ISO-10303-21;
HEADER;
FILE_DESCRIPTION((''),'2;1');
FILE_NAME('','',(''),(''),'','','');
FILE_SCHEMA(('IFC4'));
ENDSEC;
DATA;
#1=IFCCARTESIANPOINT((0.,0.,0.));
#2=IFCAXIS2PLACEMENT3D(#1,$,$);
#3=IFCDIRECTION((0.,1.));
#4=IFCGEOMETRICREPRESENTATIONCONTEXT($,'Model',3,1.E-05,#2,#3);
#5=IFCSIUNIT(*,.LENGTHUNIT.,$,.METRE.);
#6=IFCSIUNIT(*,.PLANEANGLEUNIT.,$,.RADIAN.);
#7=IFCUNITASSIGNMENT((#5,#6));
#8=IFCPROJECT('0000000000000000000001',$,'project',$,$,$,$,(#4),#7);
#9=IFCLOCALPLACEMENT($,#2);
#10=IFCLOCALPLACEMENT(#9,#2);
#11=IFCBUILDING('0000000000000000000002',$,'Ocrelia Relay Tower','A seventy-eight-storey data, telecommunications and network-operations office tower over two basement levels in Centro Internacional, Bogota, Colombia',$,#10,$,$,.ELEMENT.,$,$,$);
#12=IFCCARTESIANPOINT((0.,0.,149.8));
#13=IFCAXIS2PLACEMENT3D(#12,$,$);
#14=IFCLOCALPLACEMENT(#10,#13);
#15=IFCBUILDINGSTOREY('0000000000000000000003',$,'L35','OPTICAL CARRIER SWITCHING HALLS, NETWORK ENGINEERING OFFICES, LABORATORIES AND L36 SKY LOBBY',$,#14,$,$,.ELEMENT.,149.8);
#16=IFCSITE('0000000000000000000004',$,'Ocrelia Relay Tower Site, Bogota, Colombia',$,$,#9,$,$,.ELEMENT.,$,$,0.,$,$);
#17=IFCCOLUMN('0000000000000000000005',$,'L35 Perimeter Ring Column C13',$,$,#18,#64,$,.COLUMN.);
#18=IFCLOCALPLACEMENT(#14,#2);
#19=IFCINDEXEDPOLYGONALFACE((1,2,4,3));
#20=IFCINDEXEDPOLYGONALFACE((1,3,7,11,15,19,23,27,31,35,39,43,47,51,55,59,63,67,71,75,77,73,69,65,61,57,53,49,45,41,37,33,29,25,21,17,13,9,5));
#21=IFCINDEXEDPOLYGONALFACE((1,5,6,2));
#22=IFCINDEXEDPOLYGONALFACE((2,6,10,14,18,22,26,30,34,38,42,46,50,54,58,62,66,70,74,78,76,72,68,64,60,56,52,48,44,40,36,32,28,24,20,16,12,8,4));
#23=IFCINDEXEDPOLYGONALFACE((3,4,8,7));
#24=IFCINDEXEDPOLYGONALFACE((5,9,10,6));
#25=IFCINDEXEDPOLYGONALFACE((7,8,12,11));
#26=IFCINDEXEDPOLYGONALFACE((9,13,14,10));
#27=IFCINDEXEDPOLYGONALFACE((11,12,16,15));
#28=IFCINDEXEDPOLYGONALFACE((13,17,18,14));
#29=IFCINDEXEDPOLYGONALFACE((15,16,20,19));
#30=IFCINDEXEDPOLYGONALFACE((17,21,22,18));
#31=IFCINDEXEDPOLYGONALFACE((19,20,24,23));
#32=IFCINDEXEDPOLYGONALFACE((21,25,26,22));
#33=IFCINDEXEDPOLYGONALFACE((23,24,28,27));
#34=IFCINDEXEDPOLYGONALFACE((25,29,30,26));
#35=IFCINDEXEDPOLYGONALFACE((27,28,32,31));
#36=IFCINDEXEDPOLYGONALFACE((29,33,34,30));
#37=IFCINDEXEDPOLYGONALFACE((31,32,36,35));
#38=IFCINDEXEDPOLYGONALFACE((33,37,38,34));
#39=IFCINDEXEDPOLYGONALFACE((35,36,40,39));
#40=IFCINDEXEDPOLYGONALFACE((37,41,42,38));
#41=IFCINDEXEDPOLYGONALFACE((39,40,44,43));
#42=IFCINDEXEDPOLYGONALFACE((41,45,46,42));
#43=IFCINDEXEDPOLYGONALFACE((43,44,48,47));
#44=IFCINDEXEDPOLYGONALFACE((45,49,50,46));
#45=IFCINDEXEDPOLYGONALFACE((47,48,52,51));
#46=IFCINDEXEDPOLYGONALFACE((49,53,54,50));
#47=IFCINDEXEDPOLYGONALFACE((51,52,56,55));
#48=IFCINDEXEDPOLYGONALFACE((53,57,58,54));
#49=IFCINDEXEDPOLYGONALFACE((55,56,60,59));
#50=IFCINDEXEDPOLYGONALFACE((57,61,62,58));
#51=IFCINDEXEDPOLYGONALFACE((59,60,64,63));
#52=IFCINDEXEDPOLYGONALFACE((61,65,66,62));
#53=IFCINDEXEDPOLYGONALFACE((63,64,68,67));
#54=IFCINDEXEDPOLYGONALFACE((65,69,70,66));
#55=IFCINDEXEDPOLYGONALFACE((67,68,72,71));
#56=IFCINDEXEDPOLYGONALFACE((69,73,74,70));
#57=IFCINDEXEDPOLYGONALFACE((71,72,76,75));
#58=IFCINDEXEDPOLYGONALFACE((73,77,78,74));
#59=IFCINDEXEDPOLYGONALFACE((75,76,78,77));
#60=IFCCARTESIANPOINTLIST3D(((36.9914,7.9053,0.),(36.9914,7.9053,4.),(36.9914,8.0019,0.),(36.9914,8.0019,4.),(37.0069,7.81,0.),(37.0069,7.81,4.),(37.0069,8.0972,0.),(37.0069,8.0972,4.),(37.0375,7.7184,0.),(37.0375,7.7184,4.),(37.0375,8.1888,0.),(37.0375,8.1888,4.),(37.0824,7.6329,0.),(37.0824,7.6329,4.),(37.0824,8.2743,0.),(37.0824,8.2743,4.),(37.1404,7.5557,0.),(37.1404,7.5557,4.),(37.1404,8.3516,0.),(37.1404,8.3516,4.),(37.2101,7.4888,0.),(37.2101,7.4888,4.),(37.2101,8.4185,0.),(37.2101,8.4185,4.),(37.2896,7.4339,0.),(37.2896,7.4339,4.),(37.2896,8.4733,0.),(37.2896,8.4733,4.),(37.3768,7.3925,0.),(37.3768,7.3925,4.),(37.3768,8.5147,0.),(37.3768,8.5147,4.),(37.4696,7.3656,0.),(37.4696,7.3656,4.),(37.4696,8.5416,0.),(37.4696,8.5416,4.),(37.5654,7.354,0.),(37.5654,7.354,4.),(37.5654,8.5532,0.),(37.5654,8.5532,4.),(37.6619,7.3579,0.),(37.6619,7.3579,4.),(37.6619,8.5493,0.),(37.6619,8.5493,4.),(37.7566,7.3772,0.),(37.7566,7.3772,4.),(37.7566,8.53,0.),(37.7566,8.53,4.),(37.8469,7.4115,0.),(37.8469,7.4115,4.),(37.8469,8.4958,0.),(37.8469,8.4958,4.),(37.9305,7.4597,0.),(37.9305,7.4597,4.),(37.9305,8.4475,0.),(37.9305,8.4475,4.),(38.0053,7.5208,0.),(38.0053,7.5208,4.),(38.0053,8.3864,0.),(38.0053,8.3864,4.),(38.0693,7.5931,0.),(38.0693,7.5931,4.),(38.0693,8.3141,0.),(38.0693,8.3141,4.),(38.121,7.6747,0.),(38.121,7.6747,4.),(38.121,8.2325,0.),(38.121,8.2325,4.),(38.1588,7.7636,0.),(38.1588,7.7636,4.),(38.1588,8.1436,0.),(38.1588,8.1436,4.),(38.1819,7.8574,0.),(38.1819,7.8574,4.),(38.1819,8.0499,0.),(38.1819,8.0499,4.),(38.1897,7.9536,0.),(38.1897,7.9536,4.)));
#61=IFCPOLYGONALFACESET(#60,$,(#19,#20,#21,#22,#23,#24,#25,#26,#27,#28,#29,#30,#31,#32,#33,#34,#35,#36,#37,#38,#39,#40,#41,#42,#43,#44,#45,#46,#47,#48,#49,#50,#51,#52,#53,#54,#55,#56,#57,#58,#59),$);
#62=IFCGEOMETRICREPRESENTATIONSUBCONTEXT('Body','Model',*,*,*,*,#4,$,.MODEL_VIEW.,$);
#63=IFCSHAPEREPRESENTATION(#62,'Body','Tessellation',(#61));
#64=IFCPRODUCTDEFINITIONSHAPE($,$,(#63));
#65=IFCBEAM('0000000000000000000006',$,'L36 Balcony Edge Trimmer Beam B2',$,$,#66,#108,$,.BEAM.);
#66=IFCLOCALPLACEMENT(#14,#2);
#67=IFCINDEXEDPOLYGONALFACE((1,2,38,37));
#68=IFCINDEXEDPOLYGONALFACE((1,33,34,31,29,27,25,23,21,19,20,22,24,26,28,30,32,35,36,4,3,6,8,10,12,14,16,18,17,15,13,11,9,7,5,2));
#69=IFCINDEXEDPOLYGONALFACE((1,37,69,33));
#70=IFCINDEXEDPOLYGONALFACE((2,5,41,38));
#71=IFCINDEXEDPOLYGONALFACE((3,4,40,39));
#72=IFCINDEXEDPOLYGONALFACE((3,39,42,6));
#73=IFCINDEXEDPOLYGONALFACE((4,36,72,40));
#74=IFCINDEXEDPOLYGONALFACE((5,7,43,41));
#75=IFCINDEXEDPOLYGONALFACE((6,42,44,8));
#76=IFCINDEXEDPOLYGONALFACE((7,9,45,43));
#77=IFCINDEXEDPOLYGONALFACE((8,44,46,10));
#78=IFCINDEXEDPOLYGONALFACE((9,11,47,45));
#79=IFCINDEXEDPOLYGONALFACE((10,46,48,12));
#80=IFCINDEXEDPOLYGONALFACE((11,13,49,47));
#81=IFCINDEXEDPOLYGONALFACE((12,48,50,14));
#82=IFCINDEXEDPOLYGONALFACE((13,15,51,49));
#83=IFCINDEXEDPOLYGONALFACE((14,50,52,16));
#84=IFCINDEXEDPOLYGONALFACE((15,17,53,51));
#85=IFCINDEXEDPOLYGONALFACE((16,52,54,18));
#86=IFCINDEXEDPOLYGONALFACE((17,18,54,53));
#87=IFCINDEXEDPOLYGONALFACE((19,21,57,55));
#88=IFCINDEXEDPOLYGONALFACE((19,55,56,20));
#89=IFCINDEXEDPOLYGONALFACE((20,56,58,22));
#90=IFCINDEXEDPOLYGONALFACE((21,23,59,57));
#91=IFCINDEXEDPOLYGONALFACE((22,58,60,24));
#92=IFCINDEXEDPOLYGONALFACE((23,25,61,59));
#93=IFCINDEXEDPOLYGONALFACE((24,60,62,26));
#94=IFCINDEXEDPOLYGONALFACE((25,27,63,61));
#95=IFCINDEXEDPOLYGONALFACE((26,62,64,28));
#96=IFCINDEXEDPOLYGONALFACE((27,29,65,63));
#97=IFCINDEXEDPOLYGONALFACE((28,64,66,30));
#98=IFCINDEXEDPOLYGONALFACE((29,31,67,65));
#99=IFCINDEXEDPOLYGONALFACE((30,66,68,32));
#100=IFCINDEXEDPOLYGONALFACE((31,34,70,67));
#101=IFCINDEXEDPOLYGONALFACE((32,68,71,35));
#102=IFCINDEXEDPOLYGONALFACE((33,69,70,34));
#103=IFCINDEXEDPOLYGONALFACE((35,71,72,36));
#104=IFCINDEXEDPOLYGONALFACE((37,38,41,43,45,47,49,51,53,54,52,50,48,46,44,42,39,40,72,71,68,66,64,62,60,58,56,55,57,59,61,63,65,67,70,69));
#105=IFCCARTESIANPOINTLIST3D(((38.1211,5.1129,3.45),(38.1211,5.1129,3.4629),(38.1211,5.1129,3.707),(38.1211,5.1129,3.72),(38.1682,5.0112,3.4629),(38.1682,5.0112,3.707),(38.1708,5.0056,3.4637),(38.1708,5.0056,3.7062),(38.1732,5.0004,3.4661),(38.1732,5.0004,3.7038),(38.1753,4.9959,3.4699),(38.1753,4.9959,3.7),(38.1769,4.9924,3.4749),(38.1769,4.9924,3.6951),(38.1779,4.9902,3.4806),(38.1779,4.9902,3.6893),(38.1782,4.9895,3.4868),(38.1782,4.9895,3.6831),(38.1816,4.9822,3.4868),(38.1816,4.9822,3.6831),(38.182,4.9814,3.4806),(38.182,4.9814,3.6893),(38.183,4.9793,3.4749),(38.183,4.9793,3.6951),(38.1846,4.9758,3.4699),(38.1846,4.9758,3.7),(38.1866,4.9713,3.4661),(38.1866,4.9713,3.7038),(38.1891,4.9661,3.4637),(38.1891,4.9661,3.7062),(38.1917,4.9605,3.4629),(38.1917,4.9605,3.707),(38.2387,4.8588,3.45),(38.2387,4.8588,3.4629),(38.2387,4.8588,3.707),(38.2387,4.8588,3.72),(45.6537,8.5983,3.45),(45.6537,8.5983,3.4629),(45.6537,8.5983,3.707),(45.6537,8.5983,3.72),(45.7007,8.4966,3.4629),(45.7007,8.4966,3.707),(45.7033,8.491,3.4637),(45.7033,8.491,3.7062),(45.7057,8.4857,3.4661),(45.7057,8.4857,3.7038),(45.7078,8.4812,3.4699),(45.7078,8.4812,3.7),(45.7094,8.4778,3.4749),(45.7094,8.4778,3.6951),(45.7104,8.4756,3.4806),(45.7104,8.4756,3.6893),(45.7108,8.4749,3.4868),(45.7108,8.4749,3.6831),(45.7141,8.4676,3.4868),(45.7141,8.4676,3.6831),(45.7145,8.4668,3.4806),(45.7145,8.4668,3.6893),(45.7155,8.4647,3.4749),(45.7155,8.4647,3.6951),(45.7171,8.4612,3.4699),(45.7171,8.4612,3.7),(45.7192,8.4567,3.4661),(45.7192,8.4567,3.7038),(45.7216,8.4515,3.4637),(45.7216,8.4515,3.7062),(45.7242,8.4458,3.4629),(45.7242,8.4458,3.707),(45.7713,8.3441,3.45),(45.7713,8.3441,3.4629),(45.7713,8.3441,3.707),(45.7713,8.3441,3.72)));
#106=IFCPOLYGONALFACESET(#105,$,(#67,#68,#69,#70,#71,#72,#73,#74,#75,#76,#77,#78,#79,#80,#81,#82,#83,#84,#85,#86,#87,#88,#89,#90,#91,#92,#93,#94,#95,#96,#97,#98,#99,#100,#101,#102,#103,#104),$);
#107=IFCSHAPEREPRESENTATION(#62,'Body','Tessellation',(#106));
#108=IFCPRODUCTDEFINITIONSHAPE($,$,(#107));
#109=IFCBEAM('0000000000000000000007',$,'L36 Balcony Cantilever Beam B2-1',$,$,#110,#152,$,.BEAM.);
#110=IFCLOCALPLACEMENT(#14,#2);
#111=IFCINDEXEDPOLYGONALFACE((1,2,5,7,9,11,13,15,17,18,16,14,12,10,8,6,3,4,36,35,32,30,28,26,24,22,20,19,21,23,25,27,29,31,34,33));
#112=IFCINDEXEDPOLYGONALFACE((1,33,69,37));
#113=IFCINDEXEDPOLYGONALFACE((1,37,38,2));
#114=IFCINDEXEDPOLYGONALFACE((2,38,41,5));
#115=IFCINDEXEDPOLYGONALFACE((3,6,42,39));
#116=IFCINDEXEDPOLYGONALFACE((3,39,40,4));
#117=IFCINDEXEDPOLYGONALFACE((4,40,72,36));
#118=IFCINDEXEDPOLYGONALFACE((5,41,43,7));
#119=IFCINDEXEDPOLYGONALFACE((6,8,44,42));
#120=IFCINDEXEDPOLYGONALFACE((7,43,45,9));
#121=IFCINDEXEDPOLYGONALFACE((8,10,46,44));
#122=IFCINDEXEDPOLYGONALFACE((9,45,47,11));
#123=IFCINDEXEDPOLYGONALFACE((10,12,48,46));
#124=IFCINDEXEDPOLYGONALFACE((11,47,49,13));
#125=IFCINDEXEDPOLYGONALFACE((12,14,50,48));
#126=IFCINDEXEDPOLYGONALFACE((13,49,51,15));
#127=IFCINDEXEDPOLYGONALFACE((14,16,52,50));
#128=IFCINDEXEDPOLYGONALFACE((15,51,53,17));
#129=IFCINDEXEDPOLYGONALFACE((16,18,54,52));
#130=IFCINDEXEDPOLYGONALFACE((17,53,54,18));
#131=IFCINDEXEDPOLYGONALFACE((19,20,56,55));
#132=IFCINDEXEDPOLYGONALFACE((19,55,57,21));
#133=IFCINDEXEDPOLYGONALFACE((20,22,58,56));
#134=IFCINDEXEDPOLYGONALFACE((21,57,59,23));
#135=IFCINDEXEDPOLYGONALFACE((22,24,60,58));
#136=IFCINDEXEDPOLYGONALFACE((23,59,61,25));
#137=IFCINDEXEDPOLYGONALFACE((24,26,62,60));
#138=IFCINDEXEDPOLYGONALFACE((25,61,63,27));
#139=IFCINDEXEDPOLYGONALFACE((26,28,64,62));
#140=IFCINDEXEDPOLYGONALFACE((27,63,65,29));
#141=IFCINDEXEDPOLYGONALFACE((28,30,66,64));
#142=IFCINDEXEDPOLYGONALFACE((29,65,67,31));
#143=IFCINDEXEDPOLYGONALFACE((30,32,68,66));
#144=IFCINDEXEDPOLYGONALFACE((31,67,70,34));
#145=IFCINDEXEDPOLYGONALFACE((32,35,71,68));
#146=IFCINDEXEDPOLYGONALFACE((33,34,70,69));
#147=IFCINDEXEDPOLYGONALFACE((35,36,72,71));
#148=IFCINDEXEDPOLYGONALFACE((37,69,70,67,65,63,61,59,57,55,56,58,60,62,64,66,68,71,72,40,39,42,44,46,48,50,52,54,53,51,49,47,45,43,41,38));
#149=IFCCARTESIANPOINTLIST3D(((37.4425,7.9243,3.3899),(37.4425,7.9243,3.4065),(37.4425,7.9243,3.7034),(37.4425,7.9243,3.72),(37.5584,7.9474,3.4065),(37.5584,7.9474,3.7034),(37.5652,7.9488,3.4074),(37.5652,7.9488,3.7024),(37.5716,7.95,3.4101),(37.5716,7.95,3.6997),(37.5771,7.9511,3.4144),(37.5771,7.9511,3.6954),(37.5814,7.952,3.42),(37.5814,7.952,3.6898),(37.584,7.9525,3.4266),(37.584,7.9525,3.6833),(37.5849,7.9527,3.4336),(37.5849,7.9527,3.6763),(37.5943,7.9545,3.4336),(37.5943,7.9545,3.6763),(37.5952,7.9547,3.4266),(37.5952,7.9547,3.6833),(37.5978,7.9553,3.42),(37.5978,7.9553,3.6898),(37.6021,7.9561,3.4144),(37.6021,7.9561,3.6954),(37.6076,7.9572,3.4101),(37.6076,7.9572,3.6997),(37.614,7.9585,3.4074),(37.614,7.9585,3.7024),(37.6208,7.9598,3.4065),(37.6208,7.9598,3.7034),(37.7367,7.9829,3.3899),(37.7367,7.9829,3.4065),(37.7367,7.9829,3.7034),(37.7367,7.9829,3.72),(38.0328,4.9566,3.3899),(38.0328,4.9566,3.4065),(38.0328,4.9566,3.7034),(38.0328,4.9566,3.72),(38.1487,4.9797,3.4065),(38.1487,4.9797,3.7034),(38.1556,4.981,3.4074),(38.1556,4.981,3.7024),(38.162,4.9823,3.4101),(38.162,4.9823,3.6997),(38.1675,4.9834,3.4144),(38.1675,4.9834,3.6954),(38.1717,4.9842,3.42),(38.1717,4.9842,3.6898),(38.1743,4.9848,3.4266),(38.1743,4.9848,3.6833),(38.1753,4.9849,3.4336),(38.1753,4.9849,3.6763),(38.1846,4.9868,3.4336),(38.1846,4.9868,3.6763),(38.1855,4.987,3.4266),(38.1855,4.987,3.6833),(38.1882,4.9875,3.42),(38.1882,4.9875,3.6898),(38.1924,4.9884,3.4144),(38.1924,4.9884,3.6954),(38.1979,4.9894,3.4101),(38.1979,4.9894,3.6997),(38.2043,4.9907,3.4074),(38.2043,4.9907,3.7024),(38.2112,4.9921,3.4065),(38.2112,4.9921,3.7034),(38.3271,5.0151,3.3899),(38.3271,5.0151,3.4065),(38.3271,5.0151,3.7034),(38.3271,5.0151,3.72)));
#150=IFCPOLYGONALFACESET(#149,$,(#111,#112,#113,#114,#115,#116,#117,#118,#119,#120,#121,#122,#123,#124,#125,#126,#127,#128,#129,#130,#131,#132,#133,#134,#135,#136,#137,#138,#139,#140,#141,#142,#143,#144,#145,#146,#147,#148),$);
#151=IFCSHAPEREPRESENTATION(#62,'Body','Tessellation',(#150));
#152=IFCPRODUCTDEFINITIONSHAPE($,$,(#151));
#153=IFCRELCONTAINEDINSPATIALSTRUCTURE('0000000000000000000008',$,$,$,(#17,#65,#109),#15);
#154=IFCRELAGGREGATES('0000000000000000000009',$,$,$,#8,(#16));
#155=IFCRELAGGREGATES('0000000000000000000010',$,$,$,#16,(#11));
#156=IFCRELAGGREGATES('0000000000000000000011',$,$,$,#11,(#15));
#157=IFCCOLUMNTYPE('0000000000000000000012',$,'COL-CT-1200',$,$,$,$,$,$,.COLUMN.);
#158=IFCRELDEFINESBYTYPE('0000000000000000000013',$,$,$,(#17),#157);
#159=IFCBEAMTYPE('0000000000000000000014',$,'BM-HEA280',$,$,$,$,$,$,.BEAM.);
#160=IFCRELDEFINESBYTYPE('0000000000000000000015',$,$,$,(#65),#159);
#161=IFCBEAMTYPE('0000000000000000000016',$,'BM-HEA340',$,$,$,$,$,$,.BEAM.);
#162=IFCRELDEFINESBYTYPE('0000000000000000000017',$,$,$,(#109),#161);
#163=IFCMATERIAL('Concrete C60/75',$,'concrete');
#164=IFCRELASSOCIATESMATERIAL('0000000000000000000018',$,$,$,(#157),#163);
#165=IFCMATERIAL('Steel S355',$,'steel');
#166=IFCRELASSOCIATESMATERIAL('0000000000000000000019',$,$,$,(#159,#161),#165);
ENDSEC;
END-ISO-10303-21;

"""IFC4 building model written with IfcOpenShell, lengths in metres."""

from ifc_helpers import new_model, si_unit, direction, frame, origin, origin_2d, place, context, subcontext, project, spatial, circle, i_section, extrude, material, material_profile, profile_set, type_object, element, save


model = new_model("IFC4")

# Units and contexts
model_context = context("Model", 3, precision=1e-05, world=origin(), true_north=direction((0.0, 1.0)))
body_context = subcontext(model_context, "Body", "Model", "MODEL_VIEW")
ifc_project = project(units=[si_unit("LENGTHUNIT", "METRE"), si_unit("PLANEANGLEUNIT", "RADIAN")], contexts=[model_context])

# Site, building, storey
site_placement = place(None, origin())
site = spatial("IfcSite", under=ifc_project, at=site_placement, Name="Ocrelia Relay Tower Site, Bogota, Colombia", CompositionType="ELEMENT", RefElevation=0.0)
building_placement = place(site_placement, origin())
building = spatial("IfcBuilding", under=site, at=building_placement, Name="Ocrelia Relay Tower", Description="A seventy-eight-storey data, telecommunications and network-operations office tower over two basement levels in Centro Internacional, Bogota, Colombia", CompositionType="ELEMENT")
storey_placement = place(building_placement, frame((0.0, 0.0, 149.8)))
storey = spatial("IfcBuildingStorey", under=building, at=storey_placement, Name="L35", Description="OPTICAL CARRIER SWITCHING HALLS, NETWORK ENGINEERING OFFICES, LABORATORIES AND L36 SKY LOBBY", CompositionType="ELEMENT", Elevation=149.8)

# Column
ifc_material_1 = material(Name="Concrete C60/75", Category="concrete")
ifc_material_profile_1 = material_profile(ifc_material_1, circle(Radius=0.6001, at=origin_2d()), Name="RC-CIR-1200")
ifc_profile_set_1 = profile_set([ifc_material_profile_1], Name="Concrete C60/75")
column_type = type_object("IfcColumnType", Name="COL-CT-1200", PredefinedType="COLUMN", material=ifc_profile_set_1)
column_placement = place(storey_placement, frame((37.5896, 7.9536, 0.0), z_axis=(0.0, 0.0, 1.0), x_axis=(1.0, 0.0, 0.0)))
element("IfcColumn", 1, at=column_placement, inside=storey, type_object=column_type, Name="L35 Perimeter Ring Column C13", PredefinedType="COLUMN", context=body_context, shape_type="SweptSolid", body=[
    extrude(circle(Radius=0.6001, at=origin_2d()), origin(), (0.0, 0.0, 1.0), 4.0),
])

# Beams
ifc_material_2 = material(Name="Steel S355", Category="steel")
ifc_material_profile_2 = material_profile(ifc_material_2, i_section(OverallWidth=0.28, OverallDepth=0.27, WebThickness=0.0081, FlangeThickness=0.0129, FilletRadius=0.0239, at=origin_2d()), Name="HEA 280")
ifc_profile_set_2 = profile_set([ifc_material_profile_2], Name="Steel S355")
beam_type_1 = type_object("IfcBeamType", Name="BM-HEA280", PredefinedType="BEAM", material=ifc_profile_set_2)
beam_1_placement = place(storey_placement, frame((38.1799, 4.9858, 3.585), z_axis=(0.907554, 0.419935, 0.0), x_axis=(-0.419935, 0.907554, 0.0)))
element("IfcBeam", 2, at=beam_1_placement, inside=storey, type_object=beam_type_1, Name="L36 Balcony Edge Trimmer Beam B2", PredefinedType="BEAM", context=body_context, shape_type="SweptSolid", body=[
    extrude(i_section(OverallWidth=0.28, OverallDepth=0.27, WebThickness=0.0081, FlangeThickness=0.0129, FilletRadius=0.0239, at=origin_2d()), origin(), (0.0, 0.0, 1.0), 8.2998),
])
ifc_material_profile_3 = material_profile(ifc_material_2, i_section(OverallWidth=0.3, OverallDepth=0.3301, WebThickness=0.0095, FlangeThickness=0.0166, FilletRadius=0.0271, at=origin_2d()), Name="HEA 340")
ifc_profile_set_3 = profile_set([ifc_material_profile_3], Name="Steel S355")
beam_type_2 = type_object("IfcBeamType", Name="BM-HEA340", PredefinedType="BEAM", material=ifc_profile_set_3)
beam_2_placement = place(storey_placement, frame((37.5896, 7.9536, 3.5549), z_axis=(0.195092, -0.980785, 0.0), x_axis=(0.980785, 0.195092, 0.0)))
element("IfcBeam", 3, at=beam_2_placement, inside=storey, type_object=beam_type_2, Name="L36 Balcony Cantilever Beam B2-1", PredefinedType="BEAM", context=body_context, shape_type="SweptSolid", body=[
    extrude(i_section(OverallWidth=0.3, OverallDepth=0.3301, WebThickness=0.0095, FlangeThickness=0.0166, FilletRadius=0.0271, at=origin_2d()), origin(), (0.0, 0.0, 1.0), 3.0259),
])

save(model, "model.ifc")
